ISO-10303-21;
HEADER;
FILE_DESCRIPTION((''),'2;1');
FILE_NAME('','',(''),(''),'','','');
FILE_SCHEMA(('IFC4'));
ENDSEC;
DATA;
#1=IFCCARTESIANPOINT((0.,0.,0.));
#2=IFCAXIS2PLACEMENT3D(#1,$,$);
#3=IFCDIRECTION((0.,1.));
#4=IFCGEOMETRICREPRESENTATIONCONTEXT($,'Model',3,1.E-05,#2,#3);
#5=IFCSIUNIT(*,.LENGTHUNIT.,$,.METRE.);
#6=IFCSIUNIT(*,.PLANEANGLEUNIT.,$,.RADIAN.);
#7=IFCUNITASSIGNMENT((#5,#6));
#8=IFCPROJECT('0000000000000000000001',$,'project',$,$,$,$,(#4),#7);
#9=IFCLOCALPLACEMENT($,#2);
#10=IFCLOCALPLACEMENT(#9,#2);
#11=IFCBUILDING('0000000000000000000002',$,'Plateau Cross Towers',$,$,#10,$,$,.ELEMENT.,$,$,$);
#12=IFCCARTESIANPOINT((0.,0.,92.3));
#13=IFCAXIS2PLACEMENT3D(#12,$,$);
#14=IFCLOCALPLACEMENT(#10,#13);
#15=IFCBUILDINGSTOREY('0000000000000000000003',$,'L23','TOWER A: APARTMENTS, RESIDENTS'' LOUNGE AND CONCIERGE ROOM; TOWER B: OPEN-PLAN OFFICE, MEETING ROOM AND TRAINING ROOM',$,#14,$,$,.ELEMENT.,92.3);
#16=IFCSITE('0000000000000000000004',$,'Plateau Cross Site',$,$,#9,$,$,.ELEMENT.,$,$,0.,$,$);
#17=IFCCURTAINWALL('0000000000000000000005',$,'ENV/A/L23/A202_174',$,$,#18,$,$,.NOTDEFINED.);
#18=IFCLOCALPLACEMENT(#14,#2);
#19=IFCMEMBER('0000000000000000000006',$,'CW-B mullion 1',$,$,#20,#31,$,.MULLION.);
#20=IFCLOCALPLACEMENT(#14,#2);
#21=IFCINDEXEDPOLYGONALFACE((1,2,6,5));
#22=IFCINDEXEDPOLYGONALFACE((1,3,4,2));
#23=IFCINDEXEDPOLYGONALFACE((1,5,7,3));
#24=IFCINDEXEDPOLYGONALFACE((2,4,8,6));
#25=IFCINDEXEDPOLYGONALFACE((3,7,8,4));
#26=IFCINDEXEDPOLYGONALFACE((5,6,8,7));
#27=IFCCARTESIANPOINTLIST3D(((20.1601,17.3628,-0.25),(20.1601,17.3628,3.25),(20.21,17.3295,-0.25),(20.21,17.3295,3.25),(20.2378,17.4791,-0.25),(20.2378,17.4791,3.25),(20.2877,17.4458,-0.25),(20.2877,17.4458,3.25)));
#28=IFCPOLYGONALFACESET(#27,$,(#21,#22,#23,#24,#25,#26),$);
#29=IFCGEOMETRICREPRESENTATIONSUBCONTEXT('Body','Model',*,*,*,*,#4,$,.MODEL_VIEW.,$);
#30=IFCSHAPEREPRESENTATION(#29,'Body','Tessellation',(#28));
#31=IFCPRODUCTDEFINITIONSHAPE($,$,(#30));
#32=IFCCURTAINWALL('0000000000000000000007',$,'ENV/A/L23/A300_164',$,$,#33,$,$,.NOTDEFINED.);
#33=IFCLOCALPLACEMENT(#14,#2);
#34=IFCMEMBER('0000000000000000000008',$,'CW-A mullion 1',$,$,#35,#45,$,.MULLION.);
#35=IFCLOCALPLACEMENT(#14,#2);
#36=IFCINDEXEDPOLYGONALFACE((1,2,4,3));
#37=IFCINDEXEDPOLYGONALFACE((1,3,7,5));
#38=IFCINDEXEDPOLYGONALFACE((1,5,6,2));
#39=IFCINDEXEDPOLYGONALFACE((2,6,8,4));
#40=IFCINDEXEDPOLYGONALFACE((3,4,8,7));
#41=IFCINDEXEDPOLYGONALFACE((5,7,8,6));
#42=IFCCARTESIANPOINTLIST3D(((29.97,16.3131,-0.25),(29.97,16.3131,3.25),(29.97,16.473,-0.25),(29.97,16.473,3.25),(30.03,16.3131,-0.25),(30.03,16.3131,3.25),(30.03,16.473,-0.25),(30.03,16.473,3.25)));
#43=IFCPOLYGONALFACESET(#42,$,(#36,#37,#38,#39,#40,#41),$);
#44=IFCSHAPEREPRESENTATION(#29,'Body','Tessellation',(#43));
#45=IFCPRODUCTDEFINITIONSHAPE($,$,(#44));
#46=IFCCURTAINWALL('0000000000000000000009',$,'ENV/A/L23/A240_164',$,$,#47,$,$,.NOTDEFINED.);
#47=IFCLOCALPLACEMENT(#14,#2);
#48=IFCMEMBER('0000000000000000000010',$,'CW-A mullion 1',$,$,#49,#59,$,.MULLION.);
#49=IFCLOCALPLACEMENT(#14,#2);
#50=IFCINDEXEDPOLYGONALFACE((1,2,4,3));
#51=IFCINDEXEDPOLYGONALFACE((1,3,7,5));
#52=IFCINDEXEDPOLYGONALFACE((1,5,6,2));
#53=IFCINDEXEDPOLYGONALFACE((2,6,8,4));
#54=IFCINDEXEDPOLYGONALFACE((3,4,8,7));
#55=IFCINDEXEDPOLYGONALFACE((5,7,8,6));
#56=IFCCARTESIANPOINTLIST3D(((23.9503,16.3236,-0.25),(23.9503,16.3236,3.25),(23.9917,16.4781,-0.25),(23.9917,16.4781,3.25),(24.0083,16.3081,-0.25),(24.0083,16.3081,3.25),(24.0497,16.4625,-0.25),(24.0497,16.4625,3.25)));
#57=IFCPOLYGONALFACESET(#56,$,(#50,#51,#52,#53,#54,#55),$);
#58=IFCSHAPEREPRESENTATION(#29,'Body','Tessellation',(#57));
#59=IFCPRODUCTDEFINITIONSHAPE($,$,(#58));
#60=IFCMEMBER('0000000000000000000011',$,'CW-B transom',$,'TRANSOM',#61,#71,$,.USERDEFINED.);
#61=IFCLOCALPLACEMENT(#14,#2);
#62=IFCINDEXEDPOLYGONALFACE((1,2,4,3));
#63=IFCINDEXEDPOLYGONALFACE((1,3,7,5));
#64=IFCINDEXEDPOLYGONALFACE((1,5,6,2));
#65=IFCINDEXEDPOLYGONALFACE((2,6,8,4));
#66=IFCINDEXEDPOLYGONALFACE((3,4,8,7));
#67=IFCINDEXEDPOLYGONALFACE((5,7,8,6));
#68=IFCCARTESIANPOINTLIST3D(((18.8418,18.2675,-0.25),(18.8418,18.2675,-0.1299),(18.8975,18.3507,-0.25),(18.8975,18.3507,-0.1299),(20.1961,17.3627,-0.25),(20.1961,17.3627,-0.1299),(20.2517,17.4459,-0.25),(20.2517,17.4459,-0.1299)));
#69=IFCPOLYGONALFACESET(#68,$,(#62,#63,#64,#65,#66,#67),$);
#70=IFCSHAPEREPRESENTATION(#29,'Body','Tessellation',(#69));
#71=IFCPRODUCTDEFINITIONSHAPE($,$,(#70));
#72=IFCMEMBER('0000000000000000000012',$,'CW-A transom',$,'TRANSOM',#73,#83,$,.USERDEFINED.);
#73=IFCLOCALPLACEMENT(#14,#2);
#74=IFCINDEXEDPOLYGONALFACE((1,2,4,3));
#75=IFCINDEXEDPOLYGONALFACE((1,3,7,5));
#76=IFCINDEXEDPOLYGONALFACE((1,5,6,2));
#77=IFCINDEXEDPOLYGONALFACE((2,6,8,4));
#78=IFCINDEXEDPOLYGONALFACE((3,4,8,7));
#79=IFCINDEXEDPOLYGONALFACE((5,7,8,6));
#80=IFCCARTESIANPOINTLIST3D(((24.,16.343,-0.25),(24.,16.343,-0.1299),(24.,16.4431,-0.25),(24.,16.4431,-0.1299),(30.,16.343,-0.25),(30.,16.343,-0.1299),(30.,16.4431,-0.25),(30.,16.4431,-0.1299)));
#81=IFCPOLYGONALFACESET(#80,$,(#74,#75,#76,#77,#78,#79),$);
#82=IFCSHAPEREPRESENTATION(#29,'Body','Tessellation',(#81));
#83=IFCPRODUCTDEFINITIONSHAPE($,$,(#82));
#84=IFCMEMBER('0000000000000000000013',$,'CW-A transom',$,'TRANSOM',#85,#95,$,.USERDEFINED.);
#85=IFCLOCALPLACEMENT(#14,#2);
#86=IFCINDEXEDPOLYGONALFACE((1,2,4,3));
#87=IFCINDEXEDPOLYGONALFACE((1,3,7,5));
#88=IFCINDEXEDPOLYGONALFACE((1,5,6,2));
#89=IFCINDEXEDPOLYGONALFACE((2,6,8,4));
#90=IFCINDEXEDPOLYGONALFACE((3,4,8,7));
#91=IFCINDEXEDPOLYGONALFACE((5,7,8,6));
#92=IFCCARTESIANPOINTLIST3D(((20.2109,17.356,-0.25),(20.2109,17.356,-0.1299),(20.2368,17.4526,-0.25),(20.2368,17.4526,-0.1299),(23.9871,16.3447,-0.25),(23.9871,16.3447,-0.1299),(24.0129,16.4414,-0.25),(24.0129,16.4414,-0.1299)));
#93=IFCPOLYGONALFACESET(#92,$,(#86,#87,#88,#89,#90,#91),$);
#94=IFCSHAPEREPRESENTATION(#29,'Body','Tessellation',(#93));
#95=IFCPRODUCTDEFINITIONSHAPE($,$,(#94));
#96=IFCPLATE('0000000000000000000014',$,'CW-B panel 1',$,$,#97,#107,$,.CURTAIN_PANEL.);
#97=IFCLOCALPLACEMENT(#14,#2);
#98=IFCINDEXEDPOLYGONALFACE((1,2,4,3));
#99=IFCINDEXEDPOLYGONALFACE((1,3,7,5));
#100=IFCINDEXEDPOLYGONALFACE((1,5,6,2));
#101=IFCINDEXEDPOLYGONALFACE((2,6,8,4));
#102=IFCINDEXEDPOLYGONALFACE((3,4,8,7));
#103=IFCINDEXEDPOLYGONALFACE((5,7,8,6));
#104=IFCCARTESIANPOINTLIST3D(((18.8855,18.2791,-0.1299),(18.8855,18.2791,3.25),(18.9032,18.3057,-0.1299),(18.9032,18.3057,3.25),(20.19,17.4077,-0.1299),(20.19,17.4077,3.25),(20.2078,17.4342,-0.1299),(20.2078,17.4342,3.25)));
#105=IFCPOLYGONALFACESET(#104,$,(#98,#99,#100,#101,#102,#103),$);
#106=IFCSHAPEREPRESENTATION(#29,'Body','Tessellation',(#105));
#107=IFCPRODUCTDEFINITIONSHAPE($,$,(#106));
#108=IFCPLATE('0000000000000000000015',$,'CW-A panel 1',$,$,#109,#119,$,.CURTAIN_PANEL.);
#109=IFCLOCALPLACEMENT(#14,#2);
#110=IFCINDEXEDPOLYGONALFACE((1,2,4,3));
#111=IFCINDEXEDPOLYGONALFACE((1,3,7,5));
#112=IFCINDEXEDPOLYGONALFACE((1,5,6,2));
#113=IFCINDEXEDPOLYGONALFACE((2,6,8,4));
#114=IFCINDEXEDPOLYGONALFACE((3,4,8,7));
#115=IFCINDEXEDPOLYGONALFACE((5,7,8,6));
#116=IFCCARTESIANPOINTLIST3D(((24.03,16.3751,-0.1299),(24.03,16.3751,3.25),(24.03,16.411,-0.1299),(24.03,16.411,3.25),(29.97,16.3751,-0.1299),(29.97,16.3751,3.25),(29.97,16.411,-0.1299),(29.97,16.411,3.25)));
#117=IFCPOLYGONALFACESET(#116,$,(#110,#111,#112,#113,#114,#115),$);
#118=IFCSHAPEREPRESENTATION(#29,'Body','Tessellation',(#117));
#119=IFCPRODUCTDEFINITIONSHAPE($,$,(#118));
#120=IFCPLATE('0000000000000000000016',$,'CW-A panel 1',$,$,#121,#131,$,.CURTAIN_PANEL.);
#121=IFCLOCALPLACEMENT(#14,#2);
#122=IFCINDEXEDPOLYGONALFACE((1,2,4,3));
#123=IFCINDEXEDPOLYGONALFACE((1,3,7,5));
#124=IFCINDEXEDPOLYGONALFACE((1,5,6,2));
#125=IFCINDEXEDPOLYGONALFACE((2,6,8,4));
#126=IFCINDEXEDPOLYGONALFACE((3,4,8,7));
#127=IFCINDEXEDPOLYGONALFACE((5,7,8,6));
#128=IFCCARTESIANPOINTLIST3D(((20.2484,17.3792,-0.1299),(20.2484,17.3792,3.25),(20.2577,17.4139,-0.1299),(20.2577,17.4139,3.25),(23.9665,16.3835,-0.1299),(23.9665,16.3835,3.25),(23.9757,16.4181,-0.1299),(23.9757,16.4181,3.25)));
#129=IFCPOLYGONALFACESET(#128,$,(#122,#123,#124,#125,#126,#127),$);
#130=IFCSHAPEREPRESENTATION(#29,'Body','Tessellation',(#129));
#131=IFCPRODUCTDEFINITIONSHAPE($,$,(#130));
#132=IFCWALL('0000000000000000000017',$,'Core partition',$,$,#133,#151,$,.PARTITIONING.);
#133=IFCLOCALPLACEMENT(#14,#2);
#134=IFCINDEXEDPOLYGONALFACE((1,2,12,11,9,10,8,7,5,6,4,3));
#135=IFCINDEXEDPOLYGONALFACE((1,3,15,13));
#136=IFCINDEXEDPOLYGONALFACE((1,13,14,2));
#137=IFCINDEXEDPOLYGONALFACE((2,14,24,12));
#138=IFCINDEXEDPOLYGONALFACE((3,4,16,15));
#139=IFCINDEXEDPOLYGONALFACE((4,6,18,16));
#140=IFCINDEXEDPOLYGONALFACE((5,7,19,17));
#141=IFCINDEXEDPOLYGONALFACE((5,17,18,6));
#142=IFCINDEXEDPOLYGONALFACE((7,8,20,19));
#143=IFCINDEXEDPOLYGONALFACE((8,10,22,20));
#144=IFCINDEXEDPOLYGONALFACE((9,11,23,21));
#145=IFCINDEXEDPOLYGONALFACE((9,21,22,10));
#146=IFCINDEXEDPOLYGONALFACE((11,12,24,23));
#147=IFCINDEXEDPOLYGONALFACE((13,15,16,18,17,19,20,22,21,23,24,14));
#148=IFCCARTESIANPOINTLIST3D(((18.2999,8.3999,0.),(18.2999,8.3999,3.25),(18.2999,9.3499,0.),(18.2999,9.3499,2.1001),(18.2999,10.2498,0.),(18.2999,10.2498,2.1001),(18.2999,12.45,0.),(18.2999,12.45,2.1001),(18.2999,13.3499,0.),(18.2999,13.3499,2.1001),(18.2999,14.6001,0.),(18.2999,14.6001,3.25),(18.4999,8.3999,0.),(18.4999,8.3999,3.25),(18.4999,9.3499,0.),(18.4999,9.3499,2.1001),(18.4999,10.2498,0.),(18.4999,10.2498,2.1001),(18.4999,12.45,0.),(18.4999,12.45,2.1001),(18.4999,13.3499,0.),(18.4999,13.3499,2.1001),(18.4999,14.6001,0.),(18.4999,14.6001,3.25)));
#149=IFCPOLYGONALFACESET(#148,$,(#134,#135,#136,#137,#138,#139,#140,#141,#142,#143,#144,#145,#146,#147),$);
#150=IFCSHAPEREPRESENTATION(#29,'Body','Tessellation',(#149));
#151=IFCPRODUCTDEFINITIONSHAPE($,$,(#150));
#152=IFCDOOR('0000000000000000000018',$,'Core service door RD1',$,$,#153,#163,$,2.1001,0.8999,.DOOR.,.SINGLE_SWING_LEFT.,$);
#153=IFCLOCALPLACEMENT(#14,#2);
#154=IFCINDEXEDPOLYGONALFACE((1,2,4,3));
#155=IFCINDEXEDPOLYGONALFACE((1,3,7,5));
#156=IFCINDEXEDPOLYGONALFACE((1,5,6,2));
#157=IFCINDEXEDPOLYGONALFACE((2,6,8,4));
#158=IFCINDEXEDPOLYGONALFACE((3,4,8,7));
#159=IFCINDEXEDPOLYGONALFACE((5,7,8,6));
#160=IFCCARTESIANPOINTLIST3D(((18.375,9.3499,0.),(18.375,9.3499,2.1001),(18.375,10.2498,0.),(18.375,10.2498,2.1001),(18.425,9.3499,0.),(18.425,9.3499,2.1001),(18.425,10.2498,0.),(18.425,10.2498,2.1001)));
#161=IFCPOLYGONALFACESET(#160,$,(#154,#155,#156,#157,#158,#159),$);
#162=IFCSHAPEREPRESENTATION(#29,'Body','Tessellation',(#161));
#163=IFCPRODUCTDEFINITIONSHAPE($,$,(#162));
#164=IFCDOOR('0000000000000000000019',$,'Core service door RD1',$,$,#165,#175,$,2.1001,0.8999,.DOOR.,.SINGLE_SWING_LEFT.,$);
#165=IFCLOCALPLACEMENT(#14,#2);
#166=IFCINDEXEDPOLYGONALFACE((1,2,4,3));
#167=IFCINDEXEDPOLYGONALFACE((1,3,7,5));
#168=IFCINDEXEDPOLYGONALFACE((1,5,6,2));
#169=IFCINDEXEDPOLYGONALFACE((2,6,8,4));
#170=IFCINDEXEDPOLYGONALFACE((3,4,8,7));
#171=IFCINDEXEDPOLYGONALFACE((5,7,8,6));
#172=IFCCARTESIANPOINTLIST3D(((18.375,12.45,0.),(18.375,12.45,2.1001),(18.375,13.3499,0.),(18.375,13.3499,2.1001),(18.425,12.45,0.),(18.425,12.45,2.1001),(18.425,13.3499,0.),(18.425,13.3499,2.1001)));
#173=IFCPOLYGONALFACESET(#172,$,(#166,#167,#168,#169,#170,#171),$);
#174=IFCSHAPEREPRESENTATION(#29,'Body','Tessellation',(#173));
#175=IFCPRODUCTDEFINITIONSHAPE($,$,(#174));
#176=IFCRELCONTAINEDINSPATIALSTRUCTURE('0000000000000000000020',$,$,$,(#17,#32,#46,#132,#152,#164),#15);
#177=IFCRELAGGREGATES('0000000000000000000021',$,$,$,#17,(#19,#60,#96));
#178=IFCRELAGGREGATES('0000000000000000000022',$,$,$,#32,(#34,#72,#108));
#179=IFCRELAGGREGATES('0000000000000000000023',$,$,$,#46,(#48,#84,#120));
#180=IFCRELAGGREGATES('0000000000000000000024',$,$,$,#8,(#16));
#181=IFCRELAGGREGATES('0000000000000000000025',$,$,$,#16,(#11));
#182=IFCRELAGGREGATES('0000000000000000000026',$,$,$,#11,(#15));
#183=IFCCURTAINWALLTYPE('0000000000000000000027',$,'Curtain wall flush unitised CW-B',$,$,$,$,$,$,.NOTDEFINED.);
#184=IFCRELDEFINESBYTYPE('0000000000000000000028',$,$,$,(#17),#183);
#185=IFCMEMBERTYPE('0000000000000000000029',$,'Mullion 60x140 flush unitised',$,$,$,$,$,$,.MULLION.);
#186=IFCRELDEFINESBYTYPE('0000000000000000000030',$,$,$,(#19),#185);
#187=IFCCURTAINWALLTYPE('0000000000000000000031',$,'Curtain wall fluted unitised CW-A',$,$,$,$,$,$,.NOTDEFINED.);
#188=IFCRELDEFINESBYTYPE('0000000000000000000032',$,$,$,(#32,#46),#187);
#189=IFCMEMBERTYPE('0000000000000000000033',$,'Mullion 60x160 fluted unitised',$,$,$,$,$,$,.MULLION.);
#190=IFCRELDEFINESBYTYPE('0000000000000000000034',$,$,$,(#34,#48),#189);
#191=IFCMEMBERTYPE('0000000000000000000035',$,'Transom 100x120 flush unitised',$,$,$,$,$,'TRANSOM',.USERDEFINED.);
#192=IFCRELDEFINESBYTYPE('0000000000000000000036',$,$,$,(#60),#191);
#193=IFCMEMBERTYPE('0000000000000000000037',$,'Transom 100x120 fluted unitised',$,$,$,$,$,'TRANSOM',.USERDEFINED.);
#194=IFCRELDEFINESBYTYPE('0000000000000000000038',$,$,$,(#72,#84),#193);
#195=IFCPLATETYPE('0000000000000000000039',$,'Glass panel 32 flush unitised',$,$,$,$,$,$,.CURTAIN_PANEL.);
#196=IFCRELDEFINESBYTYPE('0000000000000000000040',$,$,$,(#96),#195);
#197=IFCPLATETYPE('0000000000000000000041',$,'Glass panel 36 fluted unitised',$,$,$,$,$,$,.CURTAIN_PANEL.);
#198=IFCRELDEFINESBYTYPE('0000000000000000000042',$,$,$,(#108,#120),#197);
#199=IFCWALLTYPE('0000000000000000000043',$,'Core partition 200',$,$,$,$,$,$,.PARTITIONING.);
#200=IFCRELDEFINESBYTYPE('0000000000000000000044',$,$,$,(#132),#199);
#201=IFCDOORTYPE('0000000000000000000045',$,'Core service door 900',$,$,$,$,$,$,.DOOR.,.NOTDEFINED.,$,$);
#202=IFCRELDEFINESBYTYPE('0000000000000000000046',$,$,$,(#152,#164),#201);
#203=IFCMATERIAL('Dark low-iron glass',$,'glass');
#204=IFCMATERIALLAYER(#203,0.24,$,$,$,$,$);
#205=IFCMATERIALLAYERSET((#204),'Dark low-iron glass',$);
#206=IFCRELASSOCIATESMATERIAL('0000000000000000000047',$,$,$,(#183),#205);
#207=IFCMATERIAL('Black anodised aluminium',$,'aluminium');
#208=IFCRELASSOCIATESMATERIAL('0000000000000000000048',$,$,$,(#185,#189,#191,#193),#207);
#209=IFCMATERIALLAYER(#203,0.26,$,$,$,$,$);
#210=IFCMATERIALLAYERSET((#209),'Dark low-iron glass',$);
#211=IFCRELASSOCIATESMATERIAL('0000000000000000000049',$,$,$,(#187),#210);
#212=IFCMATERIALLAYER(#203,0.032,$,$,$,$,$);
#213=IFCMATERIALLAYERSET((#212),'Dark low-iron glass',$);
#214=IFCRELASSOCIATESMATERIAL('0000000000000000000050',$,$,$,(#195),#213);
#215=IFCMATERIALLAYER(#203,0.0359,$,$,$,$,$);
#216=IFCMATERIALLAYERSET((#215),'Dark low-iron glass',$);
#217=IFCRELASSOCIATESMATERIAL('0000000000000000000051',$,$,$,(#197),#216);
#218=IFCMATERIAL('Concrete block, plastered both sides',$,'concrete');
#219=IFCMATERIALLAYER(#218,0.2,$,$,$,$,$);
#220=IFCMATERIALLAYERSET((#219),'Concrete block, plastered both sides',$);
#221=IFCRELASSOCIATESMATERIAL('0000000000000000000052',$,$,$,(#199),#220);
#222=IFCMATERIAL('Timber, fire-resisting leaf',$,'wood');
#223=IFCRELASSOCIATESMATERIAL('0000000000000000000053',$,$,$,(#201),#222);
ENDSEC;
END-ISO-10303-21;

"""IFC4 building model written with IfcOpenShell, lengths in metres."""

from ifc_helpers import new_model, si_unit, direction, frame, frame_2d, origin, origin_2d, place, context, subcontext, project, spatial, rectangle, extrude, material, layer, layer_set, material_profile, profile_set, type_object, element, fill, aggregate, save


model = new_model("IFC4")

# Units and contexts
model_context = context("Model", 3, precision=1e-05, world=origin(), true_north=direction((0.0, 1.0)))
body_context = subcontext(model_context, "Body", "Model", "MODEL_VIEW")
ifc_project = project(units=[si_unit("LENGTHUNIT", "METRE"), si_unit("PLANEANGLEUNIT", "RADIAN")], contexts=[model_context])

# Site, building, storey
site_placement = place(None, origin())
site = spatial("IfcSite", under=ifc_project, at=site_placement, Name="Plateau Cross Site", CompositionType="ELEMENT", RefElevation=0.0)
building_placement = place(site_placement, origin())
building = spatial("IfcBuilding", under=site, at=building_placement, Name="Plateau Cross Towers", CompositionType="ELEMENT")
storey_placement = place(building_placement, frame((0.0, 0.0, 92.3)))
storey = spatial("IfcBuildingStorey", under=building, at=storey_placement, Name="L23", Description="TOWER A: APARTMENTS, RESIDENTS' LOUNGE AND CONCIERGE ROOM; TOWER B: OPEN-PLAN OFFICE, MEETING ROOM AND TRAINING ROOM", CompositionType="ELEMENT", Elevation=92.3)

# Curtain walls, members
ifc_material_1 = material(Name="Dark low-iron glass", Category="glass")
ifc_layer_1 = layer(ifc_material_1, 0.24)
ifc_layer_set_1 = layer_set([ifc_layer_1], Name="Dark low-iron glass")
curtain_wall_type_1 = type_object("IfcCurtainWallType", Name="Curtain wall flush unitised CW-B", PredefinedType="NOTDEFINED", material=ifc_layer_set_1)
curtain_wall_1_placement = place(storey_placement, origin())
curtain_wall_1 = element("IfcCurtainWall", 1, at=curtain_wall_1_placement, inside=storey, type_object=curtain_wall_type_1, Name="ENV/A/L23/A202_174", PredefinedType="NOTDEFINED")
ifc_material_2 = material(Name="Black anodised aluminium", Category="aluminium")
ifc_material_profile_1 = material_profile(ifc_material_2, rectangle(XDim=0.0601, YDim=0.1399, at=origin_2d()), Name="MULLION 60x140")
ifc_profile_set_1 = profile_set([ifc_material_profile_1], Name="Black anodised aluminium")
member_type_1 = type_object("IfcMemberType", Name="Mullion 60x140 flush unitised", PredefinedType="MULLION", material=ifc_profile_set_1)
member_1_placement = place(storey_placement, frame((20.2239, 17.4043, -0.25), z_axis=(0.0, 0.0, 1.0), x_axis=(-0.831521, 0.555493, 0.0)))
member_1 = element("IfcMember", 2, at=member_1_placement, type_object=member_type_1, Name="CW-B mullion 1", PredefinedType="MULLION", context=body_context, shape_type="SweptSolid", body=[
    extrude(rectangle(XDim=0.0601, YDim=0.1399, at=origin_2d()), origin(), (0.0, 0.0, 1.0), 3.5),
])
ifc_layer_2 = layer(ifc_material_1, 0.26)
ifc_layer_set_2 = layer_set([ifc_layer_2], Name="Dark low-iron glass")
curtain_wall_type_2 = type_object("IfcCurtainWallType", Name="Curtain wall fluted unitised CW-A", PredefinedType="NOTDEFINED", material=ifc_layer_set_2)
curtain_wall_2_placement = place(storey_placement, origin())
curtain_wall_2 = element("IfcCurtainWall", 3, at=curtain_wall_2_placement, inside=storey, type_object=curtain_wall_type_2, Name="ENV/A/L23/A300_164", PredefinedType="NOTDEFINED")
ifc_material_profile_2 = material_profile(ifc_material_2, rectangle(XDim=0.0601, YDim=0.1599, at=origin_2d()), Name="MULLION 60x160")
ifc_profile_set_2 = profile_set([ifc_material_profile_2], Name="Black anodised aluminium")
member_type_2 = type_object("IfcMemberType", Name="Mullion 60x160 fluted unitised", PredefinedType="MULLION", material=ifc_profile_set_2)
member_2_placement = place(storey_placement, frame((30.0, 16.3931, -0.25), z_axis=(0.0, 0.0, 1.0), x_axis=(-1.0, 0.0, 0.0)))
member_2 = element("IfcMember", 4, at=member_2_placement, type_object=member_type_2, Name="CW-A mullion 1", PredefinedType="MULLION", context=body_context, shape_type="SweptSolid", body=[
    extrude(rectangle(XDim=0.0601, YDim=0.1599, at=origin_2d()), origin(), (0.0, 0.0, 1.0), 3.5),
])
curtain_wall_3_placement = place(storey_placement, origin())
curtain_wall_3 = element("IfcCurtainWall", 5, at=curtain_wall_3_placement, inside=storey, type_object=curtain_wall_type_2, Name="ENV/A/L23/A240_164", PredefinedType="NOTDEFINED")
member_3_placement = place(storey_placement, frame((24.0, 16.3931, -0.25), z_axis=(0.0, 0.0, 1.0), x_axis=(-0.965958, 0.258699, 0.0)))
member_3 = element("IfcMember", 6, at=member_3_placement, type_object=member_type_2, Name="CW-A mullion 1", PredefinedType="MULLION", context=body_context, shape_type="SweptSolid", body=[
    extrude(rectangle(XDim=0.0601, YDim=0.1599, at=origin_2d()), origin(), (0.0, 0.0, 1.0), 3.5),
])

# Members
ifc_material_profile_3 = material_profile(ifc_material_2, rectangle(XDim=0.1001, YDim=0.1201, at=origin_2d()), Name="TRANSOM 100x120")
ifc_profile_set_3 = profile_set([ifc_material_profile_3], Name="Black anodised aluminium")
member_type_3 = type_object("IfcMemberType", Name="Transom 100x120 flush unitised", ElementType="TRANSOM", PredefinedType="USERDEFINED", material=ifc_profile_set_3)
member_4_placement = place(storey_placement, frame((20.2239, 17.4043, -0.1899), z_axis=(-0.831496, 0.55553, 0.0), x_axis=(-0.55553, -0.831496, 0.0)))
member_4 = element("IfcMember", 7, at=member_4_placement, type_object=member_type_3, Name="CW-B transom", ObjectType="TRANSOM", PredefinedType="USERDEFINED", context=body_context, shape_type="SweptSolid", body=[
    extrude(rectangle(XDim=0.1001, YDim=0.1201, at=origin_2d()), origin(), (0.0, 0.0, 1.0), 1.6287),
])
ifc_material_profile_4 = material_profile(ifc_material_2, rectangle(XDim=0.1001, YDim=0.1201, at=origin_2d()), Name="TRANSOM 100x120")
ifc_profile_set_4 = profile_set([ifc_material_profile_4], Name="Black anodised aluminium")
member_type_4 = type_object("IfcMemberType", Name="Transom 100x120 fluted unitised", ElementType="TRANSOM", PredefinedType="USERDEFINED", material=ifc_profile_set_4)
member_5_placement = place(storey_placement, frame((30.0, 16.3931, -0.1899), z_axis=(-1.0, 0.0, 0.0), x_axis=(0.0, -1.0, 0.0)))
member_5 = element("IfcMember", 8, at=member_5_placement, type_object=member_type_4, Name="CW-A transom", ObjectType="TRANSOM", PredefinedType="USERDEFINED", context=body_context, shape_type="SweptSolid", body=[
    extrude(rectangle(XDim=0.1001, YDim=0.1201, at=origin_2d()), origin(), (0.0, 0.0, 1.0), 6.0),
])
member_6_placement = place(storey_placement, frame((24.0, 16.3931, -0.1899), z_axis=(-0.965963, 0.258681, 0.0), x_axis=(-0.258681, -0.965963, 0.0)))
member_6 = element("IfcMember", 9, at=member_6_placement, type_object=member_type_4, Name="CW-A transom", ObjectType="TRANSOM", PredefinedType="USERDEFINED", context=body_context, shape_type="SweptSolid", body=[
    extrude(rectangle(XDim=0.1001, YDim=0.1201, at=origin_2d()), origin(), (0.0, 0.0, 1.0), 3.9092),
])

# Plates
ifc_layer_3 = layer(ifc_material_1, 0.032)
ifc_layer_set_3 = layer_set([ifc_layer_3], Name="Dark low-iron glass")
plate_type_1 = type_object("IfcPlateType", Name="Glass panel 32 flush unitised", PredefinedType="CURTAIN_PANEL", material=ifc_layer_set_3)
plate_1_placement = place(storey_placement, frame((19.5466, 17.8567, -0.1299), z_axis=(0.0, 0.0, 1.0), x_axis=(-0.831521, 0.555493, 0.0)))
plate_1 = element("IfcPlate", 10, at=plate_1_placement, type_object=plate_type_1, Name="CW-B panel 1", PredefinedType="CURTAIN_PANEL", context=body_context, shape_type="SweptSolid", body=[
    extrude(rectangle(XDim=1.5688, YDim=0.032, at=origin_2d()), origin(), (0.0, 0.0, 1.0), 3.3799),
])
aggregate(curtain_wall_1, [member_1, member_4, plate_1])
ifc_layer_4 = layer(ifc_material_1, 0.0359)
ifc_layer_set_4 = layer_set([ifc_layer_4], Name="Dark low-iron glass")
plate_type_2 = type_object("IfcPlateType", Name="Glass panel 36 fluted unitised", PredefinedType="CURTAIN_PANEL", material=ifc_layer_set_4)
plate_2_placement = place(storey_placement, frame((27.0, 16.3931, -0.1299), z_axis=(0.0, 0.0, 1.0), x_axis=(-1.0, 0.0, 0.0)))
plate_2 = element("IfcPlate", 11, at=plate_2_placement, type_object=plate_type_2, Name="CW-A panel 1", PredefinedType="CURTAIN_PANEL", context=body_context, shape_type="SweptSolid", body=[
    extrude(rectangle(XDim=5.9399, YDim=0.0359, at=origin_2d()), origin(), (0.0, 0.0, 1.0), 3.3799),
])
aggregate(curtain_wall_2, [member_2, member_5, plate_2])
plate_3_placement = place(storey_placement, frame((22.1121, 16.8987, -0.1299), z_axis=(0.0, 0.0, 1.0), x_axis=(-0.965958, 0.258699, 0.0)))
plate_3 = element("IfcPlate", 12, at=plate_3_placement, type_object=plate_type_2, Name="CW-A panel 1", PredefinedType="CURTAIN_PANEL", context=body_context, shape_type="SweptSolid", body=[
    extrude(rectangle(XDim=3.8491, YDim=0.0359, at=origin_2d()), origin(), (0.0, 0.0, 1.0), 3.3799),
])
aggregate(curtain_wall_3, [member_3, member_6, plate_3])

# Wall, openings, doors
ifc_material_3 = material(Name="Concrete block, plastered both sides", Category="concrete")
ifc_layer_5 = layer(ifc_material_3, 0.2)
ifc_layer_set_5 = layer_set([ifc_layer_5], Name="Concrete block, plastered both sides")
wall_type_1 = type_object("IfcWallType", Name="Core partition 200", PredefinedType="PARTITIONING", material=ifc_layer_set_5)
wall_1_placement = place(storey_placement, frame((18.3999, 8.3999, 0.0), z_axis=(0.0, 0.0, 1.0), x_axis=(0.0, 1.0, 0.0)))
wall_1 = element("IfcWall", 13, at=wall_1_placement, inside=storey, type_object=wall_type_1, Name="Core partition", PredefinedType="PARTITIONING", context=body_context, shape_type="SweptSolid", body=[
    extrude(rectangle(XDim=6.2002, YDim=0.2, at=frame_2d((3.1001, 0.0))), origin(), (0.0, 0.0, 1.0), 3.25),
])
opening_1_placement = place(wall_1_placement, frame((0.95, 0.0, 0.0)))
opening_1 = element("IfcOpeningElement", 14, at=opening_1_placement, cuts=wall_1, PredefinedType="OPENING", context=body_context, shape_type="SweptSolid", body=[
    extrude(rectangle(XDim=0.8999, YDim=2.1001, at=frame_2d((0.45, 1.05))), frame((0.0, 0.1099, 0.0), z_axis=(0.0, -1.0, 0.0), x_axis=(1.0, 0.0, 0.0)), (0.0, 0.0, 1.0), 0.22),
])
opening_2_placement = place(wall_1_placement, frame((4.05, 0.0, 0.0)))
opening_2 = element("IfcOpeningElement", 15, at=opening_2_placement, cuts=wall_1, PredefinedType="OPENING", context=body_context, shape_type="SweptSolid", body=[
    extrude(rectangle(XDim=0.8999, YDim=2.1001, at=frame_2d((0.45, 1.05))), frame((0.0, 0.1099, 0.0), z_axis=(0.0, -1.0, 0.0), x_axis=(1.0, 0.0, 0.0)), (0.0, 0.0, 1.0), 0.22),
])
ifc_material_4 = material(Name="Timber, fire-resisting leaf", Category="wood")
door_type_1 = type_object("IfcDoorType", Name="Core service door 900", OperationType="NOTDEFINED", PredefinedType="DOOR", material=ifc_material_4)
door_1_placement = place(opening_1_placement, origin())
door_1 = element("IfcDoor", 16, at=door_1_placement, inside=storey, type_object=door_type_1, Name="Core service door RD1", OperationType="SINGLE_SWING_LEFT", OverallHeight=2.1001, OverallWidth=0.8999, PredefinedType="DOOR", context=body_context, shape_type="SweptSolid", body=[
    extrude(rectangle(XDim=0.8999, YDim=2.1001, at=frame_2d((0.45, 1.05))), frame((0.0, 0.0249, 0.0), z_axis=(0.0, -1.0, 0.0), x_axis=(1.0, 0.0, 0.0)), (0.0, 0.0, 1.0), 0.05),
])
fill(opening_1, door_1)
door_2_placement = place(opening_2_placement, origin())
door_2 = element("IfcDoor", 17, at=door_2_placement, inside=storey, type_object=door_type_1, Name="Core service door RD1", OperationType="SINGLE_SWING_LEFT", OverallHeight=2.1001, OverallWidth=0.8999, PredefinedType="DOOR", context=body_context, shape_type="SweptSolid", body=[
    extrude(rectangle(XDim=0.8999, YDim=2.1001, at=frame_2d((0.45, 1.05))), frame((0.0, 0.0249, 0.0), z_axis=(0.0, -1.0, 0.0), x_axis=(1.0, 0.0, 0.0)), (0.0, 0.0, 1.0), 0.05),
])
fill(opening_2, door_2)

save(model, "model.ifc")
